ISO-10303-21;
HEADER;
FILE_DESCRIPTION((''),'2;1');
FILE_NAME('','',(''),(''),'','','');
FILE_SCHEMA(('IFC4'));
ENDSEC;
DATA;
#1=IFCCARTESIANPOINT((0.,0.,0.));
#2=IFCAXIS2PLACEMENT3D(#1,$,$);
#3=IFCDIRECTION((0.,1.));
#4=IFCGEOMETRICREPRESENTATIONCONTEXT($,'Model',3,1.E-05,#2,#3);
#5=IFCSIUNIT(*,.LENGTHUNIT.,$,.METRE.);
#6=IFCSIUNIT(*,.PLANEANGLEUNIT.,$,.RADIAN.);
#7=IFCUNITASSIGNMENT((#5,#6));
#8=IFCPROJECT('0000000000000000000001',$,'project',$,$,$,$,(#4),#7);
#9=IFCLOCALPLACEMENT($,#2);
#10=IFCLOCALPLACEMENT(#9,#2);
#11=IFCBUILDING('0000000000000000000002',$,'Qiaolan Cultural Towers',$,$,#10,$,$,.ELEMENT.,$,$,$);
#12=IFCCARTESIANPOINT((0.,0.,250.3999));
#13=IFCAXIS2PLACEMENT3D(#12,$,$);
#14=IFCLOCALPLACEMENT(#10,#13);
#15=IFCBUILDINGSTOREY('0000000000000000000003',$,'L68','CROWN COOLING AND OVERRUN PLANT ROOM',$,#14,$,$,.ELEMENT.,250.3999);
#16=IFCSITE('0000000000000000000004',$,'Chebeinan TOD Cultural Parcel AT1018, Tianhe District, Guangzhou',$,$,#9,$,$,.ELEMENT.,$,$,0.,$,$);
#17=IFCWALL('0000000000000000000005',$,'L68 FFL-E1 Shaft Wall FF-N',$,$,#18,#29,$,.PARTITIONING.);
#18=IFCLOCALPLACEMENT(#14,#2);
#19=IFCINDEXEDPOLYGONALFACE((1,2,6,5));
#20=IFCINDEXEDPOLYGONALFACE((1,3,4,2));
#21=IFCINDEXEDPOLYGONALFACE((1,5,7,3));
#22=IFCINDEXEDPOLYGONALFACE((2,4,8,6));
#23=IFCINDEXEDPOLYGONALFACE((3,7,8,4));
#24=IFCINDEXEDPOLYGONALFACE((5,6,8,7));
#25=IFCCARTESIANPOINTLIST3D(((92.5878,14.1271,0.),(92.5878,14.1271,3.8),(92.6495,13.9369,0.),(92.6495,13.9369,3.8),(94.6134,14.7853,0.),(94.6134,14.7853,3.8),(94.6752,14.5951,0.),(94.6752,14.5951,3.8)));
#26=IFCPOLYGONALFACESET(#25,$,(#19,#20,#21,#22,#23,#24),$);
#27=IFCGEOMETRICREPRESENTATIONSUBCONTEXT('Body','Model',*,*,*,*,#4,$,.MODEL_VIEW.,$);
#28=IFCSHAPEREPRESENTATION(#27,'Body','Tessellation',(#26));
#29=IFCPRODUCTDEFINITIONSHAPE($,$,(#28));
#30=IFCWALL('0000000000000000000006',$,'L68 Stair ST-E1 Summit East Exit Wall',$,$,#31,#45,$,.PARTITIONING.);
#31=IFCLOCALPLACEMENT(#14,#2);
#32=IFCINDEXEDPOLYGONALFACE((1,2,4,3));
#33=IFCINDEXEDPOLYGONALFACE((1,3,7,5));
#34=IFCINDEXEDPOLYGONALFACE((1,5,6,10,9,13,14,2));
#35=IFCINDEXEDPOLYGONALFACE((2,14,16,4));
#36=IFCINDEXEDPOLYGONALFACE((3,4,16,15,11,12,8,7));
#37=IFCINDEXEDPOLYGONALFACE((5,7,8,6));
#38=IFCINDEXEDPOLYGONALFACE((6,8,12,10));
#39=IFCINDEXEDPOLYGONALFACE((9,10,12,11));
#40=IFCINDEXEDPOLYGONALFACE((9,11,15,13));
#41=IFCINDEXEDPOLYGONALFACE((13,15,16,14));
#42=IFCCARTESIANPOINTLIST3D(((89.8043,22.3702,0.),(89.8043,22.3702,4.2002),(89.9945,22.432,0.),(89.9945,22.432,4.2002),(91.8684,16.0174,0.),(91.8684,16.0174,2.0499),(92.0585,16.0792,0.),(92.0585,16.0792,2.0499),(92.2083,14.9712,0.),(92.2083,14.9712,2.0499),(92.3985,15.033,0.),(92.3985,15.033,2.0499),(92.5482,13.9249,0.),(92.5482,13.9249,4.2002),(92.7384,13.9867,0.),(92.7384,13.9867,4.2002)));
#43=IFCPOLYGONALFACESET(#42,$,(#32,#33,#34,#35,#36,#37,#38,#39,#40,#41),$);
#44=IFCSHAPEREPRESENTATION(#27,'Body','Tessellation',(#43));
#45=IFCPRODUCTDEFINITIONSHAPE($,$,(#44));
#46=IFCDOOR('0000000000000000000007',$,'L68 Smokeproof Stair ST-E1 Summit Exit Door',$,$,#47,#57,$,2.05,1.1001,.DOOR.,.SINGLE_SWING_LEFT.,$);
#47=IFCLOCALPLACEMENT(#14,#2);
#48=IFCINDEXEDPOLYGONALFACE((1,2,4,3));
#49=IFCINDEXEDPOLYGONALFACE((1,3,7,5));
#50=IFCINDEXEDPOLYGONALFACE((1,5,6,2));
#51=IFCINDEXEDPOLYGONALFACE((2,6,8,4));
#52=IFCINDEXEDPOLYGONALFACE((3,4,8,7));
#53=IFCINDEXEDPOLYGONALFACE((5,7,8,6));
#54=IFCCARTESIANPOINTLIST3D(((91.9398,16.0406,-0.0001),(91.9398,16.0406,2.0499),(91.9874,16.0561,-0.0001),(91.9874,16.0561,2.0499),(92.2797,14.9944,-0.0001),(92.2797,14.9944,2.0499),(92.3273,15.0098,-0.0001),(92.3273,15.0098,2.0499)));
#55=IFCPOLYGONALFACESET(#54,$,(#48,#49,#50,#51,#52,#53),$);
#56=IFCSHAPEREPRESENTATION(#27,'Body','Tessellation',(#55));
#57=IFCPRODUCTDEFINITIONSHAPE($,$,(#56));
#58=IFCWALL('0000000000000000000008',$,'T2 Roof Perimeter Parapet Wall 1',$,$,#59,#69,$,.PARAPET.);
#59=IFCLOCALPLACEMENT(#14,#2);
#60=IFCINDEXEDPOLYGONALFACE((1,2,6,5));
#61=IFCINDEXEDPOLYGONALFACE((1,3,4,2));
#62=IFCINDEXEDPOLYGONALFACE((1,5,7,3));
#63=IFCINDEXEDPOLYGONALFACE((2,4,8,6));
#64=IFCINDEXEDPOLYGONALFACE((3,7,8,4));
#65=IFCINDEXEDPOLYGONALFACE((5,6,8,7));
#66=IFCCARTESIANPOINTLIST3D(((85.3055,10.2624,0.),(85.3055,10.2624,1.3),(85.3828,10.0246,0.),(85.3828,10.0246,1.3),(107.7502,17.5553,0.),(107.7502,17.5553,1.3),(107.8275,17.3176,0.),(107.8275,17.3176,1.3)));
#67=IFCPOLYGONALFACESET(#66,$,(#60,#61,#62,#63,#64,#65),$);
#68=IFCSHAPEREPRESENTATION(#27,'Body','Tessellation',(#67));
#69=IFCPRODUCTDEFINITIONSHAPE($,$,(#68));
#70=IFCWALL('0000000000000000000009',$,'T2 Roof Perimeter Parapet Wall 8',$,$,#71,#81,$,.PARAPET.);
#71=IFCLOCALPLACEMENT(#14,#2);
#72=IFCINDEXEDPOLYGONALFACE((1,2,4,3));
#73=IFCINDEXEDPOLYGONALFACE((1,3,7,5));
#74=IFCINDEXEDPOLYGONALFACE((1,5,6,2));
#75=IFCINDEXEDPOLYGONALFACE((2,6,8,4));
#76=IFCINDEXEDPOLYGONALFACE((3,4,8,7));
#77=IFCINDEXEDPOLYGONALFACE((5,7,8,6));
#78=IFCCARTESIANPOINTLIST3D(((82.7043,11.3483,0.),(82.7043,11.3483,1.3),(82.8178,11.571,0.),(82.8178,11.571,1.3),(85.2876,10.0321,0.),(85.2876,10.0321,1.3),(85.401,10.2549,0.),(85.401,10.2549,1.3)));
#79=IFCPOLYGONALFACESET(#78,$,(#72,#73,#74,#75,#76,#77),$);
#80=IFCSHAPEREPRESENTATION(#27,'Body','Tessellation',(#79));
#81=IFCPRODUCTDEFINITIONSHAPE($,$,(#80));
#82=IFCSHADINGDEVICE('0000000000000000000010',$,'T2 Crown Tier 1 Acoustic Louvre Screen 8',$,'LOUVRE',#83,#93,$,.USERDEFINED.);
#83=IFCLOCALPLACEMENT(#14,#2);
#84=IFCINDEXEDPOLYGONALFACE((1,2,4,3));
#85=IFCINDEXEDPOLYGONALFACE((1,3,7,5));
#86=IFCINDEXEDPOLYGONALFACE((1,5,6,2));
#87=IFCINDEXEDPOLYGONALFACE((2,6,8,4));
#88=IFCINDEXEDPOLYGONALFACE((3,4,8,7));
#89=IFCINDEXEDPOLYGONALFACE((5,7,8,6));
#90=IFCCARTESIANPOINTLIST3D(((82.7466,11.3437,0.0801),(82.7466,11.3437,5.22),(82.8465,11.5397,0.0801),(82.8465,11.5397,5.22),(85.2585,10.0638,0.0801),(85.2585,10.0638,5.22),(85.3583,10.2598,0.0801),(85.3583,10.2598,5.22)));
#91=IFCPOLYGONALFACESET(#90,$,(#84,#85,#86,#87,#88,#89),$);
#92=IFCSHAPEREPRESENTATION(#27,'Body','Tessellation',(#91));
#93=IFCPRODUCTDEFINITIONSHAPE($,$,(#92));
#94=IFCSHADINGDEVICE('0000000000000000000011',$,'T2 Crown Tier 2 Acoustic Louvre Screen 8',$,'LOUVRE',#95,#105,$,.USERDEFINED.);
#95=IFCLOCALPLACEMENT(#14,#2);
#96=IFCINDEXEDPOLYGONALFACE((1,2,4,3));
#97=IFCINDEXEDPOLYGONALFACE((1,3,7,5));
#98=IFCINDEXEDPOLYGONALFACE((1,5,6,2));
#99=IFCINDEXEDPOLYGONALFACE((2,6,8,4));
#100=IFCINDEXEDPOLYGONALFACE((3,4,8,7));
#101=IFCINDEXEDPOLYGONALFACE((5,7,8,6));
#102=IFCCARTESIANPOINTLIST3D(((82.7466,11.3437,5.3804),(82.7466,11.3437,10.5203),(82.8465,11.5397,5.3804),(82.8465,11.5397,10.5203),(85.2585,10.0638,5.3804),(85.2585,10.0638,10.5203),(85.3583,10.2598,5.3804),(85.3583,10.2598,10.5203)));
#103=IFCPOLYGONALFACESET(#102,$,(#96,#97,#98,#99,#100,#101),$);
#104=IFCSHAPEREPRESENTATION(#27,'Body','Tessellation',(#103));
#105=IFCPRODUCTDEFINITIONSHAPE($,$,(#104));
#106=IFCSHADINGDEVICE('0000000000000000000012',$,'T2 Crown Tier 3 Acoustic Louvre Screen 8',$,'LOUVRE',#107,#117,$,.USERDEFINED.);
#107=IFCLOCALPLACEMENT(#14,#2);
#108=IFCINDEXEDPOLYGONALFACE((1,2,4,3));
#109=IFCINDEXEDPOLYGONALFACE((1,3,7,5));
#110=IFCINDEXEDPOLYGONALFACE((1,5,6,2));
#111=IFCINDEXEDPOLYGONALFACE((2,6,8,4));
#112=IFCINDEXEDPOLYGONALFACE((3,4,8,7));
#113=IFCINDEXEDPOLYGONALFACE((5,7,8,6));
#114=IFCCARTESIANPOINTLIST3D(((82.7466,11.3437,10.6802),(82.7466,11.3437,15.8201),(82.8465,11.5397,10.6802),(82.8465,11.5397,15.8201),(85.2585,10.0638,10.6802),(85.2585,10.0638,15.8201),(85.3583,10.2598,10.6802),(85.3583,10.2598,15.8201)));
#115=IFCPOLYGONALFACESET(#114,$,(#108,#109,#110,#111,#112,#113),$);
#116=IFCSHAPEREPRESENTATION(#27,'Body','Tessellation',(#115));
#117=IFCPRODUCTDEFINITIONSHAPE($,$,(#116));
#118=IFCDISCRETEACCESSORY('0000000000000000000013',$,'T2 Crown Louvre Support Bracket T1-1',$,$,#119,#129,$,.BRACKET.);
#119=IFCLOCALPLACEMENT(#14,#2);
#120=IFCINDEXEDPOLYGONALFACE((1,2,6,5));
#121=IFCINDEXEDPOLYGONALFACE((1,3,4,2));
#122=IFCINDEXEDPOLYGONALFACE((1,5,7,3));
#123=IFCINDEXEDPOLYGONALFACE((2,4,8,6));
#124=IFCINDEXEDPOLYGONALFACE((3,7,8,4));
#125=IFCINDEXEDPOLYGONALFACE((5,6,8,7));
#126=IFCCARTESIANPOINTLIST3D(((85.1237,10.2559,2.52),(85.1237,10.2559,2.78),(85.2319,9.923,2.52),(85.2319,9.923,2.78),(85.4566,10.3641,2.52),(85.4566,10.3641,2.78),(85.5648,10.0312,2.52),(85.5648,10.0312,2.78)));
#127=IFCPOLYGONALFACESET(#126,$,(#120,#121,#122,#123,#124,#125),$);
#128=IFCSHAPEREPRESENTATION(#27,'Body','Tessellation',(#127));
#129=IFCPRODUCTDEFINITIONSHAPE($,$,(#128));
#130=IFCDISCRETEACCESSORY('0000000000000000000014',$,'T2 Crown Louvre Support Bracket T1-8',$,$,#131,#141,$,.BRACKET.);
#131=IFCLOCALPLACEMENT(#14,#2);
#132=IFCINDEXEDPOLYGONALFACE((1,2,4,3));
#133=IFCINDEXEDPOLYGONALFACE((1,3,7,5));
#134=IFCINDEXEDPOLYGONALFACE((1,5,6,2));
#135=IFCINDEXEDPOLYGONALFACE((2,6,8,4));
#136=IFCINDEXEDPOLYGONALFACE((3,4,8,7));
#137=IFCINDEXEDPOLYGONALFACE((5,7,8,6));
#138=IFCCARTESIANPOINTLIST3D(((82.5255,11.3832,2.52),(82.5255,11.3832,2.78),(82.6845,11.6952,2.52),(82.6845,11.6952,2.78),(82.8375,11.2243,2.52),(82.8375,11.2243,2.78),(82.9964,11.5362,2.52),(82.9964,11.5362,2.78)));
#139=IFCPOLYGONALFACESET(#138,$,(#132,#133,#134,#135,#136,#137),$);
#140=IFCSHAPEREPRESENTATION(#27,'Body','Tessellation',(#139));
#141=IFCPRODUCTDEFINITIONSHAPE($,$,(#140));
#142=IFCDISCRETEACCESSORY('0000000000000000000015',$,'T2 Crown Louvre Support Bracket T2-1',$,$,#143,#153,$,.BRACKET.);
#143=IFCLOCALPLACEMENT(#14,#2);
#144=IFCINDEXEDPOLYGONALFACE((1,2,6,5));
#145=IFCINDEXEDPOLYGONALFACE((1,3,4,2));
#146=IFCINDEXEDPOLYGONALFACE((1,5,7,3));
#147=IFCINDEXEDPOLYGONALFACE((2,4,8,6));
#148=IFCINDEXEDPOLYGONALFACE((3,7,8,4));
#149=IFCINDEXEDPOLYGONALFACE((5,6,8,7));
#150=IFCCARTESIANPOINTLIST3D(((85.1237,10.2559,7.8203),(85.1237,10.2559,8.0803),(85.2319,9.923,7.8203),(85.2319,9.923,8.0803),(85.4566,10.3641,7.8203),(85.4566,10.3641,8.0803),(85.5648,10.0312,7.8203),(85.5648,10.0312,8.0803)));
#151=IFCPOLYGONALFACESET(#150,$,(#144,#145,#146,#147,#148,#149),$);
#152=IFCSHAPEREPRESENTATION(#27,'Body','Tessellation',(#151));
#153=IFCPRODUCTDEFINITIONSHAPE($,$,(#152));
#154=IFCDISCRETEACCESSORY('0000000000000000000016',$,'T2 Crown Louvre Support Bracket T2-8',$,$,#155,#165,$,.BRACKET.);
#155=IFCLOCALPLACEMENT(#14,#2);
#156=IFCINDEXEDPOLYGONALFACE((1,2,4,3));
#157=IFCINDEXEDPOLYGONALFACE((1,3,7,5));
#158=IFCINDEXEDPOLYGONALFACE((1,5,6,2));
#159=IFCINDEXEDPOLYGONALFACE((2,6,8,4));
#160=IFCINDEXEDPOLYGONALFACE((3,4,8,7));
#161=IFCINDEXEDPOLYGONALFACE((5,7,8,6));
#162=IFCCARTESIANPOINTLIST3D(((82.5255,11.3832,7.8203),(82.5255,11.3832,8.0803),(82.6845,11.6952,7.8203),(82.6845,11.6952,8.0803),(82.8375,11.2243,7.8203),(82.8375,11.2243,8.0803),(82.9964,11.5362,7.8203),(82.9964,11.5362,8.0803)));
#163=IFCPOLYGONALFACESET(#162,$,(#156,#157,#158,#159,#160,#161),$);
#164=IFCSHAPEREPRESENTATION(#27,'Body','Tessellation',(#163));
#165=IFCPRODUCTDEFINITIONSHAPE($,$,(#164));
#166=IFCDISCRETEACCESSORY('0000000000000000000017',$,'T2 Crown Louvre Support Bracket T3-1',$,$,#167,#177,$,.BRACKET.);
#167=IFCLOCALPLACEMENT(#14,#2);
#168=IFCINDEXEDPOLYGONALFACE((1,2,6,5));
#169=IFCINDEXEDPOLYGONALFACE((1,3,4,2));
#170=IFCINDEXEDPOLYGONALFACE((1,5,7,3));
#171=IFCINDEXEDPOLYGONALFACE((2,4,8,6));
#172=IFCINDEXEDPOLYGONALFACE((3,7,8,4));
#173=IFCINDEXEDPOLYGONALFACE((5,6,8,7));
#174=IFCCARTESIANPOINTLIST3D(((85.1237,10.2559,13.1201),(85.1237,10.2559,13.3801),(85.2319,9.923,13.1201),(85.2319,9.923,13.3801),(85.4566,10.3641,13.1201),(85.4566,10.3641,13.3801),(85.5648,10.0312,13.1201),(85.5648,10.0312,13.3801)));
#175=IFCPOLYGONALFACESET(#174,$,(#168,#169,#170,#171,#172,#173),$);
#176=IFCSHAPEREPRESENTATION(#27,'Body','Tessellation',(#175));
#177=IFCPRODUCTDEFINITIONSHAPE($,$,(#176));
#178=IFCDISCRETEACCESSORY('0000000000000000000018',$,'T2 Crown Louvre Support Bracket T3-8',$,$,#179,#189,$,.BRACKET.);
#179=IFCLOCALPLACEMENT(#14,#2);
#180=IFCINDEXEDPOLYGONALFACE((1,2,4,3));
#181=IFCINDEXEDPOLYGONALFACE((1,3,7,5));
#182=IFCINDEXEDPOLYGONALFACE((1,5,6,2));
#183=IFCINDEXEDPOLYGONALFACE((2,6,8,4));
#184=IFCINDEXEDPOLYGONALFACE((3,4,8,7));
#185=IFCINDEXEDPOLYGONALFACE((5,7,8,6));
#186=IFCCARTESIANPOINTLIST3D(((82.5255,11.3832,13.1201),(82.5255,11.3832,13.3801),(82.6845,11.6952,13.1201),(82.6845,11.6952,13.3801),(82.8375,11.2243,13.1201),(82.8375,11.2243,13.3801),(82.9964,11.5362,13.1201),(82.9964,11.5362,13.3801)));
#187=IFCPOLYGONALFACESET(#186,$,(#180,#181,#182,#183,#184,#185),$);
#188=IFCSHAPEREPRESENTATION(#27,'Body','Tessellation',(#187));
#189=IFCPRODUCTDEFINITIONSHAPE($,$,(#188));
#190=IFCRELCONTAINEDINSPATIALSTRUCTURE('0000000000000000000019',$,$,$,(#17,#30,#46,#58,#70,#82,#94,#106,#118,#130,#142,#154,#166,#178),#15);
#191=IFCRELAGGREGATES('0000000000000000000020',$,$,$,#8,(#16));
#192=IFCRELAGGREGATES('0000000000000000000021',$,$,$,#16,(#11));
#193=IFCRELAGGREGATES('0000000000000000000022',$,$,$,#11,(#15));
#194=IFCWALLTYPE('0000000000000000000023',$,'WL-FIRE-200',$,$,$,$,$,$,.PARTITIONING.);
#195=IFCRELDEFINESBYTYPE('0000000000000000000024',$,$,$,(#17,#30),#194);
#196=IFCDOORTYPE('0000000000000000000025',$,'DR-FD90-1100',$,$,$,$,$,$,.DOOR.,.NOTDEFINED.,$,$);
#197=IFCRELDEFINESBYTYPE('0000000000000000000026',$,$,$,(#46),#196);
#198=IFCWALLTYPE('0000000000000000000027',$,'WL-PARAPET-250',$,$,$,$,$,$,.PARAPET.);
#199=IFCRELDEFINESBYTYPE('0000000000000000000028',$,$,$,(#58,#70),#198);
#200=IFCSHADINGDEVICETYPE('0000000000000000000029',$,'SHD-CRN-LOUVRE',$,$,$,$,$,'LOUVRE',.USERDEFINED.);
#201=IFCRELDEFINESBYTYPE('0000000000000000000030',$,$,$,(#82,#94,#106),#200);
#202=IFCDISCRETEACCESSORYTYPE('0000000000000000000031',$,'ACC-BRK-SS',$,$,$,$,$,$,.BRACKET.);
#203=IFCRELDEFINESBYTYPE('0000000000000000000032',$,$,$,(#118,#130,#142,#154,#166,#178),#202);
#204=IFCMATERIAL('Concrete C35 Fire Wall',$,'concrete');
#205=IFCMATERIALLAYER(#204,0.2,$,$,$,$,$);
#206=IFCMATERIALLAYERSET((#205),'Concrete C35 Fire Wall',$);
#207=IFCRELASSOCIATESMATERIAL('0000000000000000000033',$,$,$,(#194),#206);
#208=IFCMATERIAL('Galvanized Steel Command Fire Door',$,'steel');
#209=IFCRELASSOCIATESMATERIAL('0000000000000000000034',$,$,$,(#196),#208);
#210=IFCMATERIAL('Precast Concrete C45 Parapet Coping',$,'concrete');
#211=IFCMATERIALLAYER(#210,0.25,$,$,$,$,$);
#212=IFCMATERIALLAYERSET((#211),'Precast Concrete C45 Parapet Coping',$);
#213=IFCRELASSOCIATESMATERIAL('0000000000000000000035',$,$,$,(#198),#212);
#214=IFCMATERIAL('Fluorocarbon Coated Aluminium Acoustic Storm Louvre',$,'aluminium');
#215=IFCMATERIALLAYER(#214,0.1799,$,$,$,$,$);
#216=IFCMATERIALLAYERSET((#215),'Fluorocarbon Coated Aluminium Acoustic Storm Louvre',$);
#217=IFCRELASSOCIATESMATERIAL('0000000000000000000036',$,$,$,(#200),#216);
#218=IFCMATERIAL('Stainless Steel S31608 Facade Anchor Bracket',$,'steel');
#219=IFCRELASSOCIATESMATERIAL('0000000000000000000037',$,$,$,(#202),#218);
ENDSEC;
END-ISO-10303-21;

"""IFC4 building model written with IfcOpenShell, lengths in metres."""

from ifc_helpers import new_model, si_unit, direction, frame, frame_2d, origin, origin_2d, place, context, subcontext, project, spatial, rectangle, extrude, material, layer, layer_set, type_object, element, fill, save


model = new_model("IFC4")

# Units and contexts
model_context = context("Model", 3, precision=1e-05, world=origin(), true_north=direction((0.0, 1.0)))
body_context = subcontext(model_context, "Body", "Model", "MODEL_VIEW")
ifc_project = project(units=[si_unit("LENGTHUNIT", "METRE"), si_unit("PLANEANGLEUNIT", "RADIAN")], contexts=[model_context])

# Site, building, storey
site_placement = place(None, origin())
site = spatial("IfcSite", under=ifc_project, at=site_placement, Name="Chebeinan TOD Cultural Parcel AT1018, Tianhe District, Guangzhou", CompositionType="ELEMENT", RefElevation=0.0)
building_placement = place(site_placement, origin())
building = spatial("IfcBuilding", under=site, at=building_placement, Name="Qiaolan Cultural Towers", CompositionType="ELEMENT")
storey_placement = place(building_placement, frame((0.0, 0.0, 250.3999)))
storey = spatial("IfcBuildingStorey", under=building, at=storey_placement, Name="L68", Description="CROWN COOLING AND OVERRUN PLANT ROOM", CompositionType="ELEMENT", Elevation=250.3999)

# Wall
ifc_material_1 = material(Name="Concrete C35 Fire Wall", Category="concrete")
ifc_layer_1 = layer(ifc_material_1, 0.2)
ifc_layer_set_1 = layer_set([ifc_layer_1], Name="Concrete C35 Fire Wall")
wall_type_1 = type_object("IfcWallType", Name="WL-FIRE-200", PredefinedType="PARTITIONING", material=ifc_layer_set_1)
wall_1_placement = place(storey_placement, frame((92.6187, 14.032, 0.0), z_axis=(0.0, 0.0, 1.0), x_axis=(0.951052, 0.309032, 0.0)))
element("IfcWall", 1, at=wall_1_placement, inside=storey, type_object=wall_type_1, Name="L68 FFL-E1 Shaft Wall FF-N", PredefinedType="PARTITIONING", context=body_context, shape_type="SweptSolid", body=[
    extrude(rectangle(XDim=2.1299, YDim=0.2, at=frame_2d((1.0649, 0.0))), origin(), (0.0, 0.0, 1.0), 3.8),
])

# Wall, opening, door
wall_2_placement = place(storey_placement, frame((92.6433, 13.9558, 0.0), z_axis=(0.0, 0.0, 1.0), x_axis=(-0.309002, 0.951062, 0.0)))
wall_2 = element("IfcWall", 2, at=wall_2_placement, inside=storey, type_object=wall_type_1, Name="L68 Stair ST-E1 Summit East Exit Wall", PredefinedType="PARTITIONING", context=body_context, shape_type="SweptSolid", body=[
    extrude(rectangle(XDim=8.8799, YDim=0.2, at=frame_2d((4.4399, 0.0))), origin(), (0.0, 0.0, 1.0), 4.2002),
])
opening_placement = place(wall_2_placement, frame((1.1001, 0.0, 0.0)))
opening = element("IfcOpeningElement", 3, at=opening_placement, cuts=wall_2, PredefinedType="OPENING", context=body_context, shape_type="SweptSolid", body=[
    extrude(rectangle(XDim=1.1001, YDim=2.05, at=frame_2d((0.55, 1.0249))), frame((0.0, 0.1099, 0.0), z_axis=(0.0, -1.0, 0.0), x_axis=(1.0, 0.0, 0.0)), (0.0, 0.0, 1.0), 0.22),
])
ifc_material_2 = material(Name="Galvanized Steel Command Fire Door", Category="steel")
door_type = type_object("IfcDoorType", Name="DR-FD90-1100", OperationType="NOTDEFINED", PredefinedType="DOOR", material=ifc_material_2)
door_placement = place(opening_placement, origin())
door = element("IfcDoor", 4, at=door_placement, inside=storey, type_object=door_type, Name="L68 Smokeproof Stair ST-E1 Summit Exit Door", OperationType="SINGLE_SWING_LEFT", OverallHeight=2.05, OverallWidth=1.1001, PredefinedType="DOOR", context=body_context, shape_type="SweptSolid", body=[
    extrude(rectangle(XDim=1.1001, YDim=2.05, at=frame_2d((0.55, 1.0249))), frame((0.0, 0.0249, 0.0), z_axis=(0.0, -1.0, 0.0), x_axis=(1.0, 0.0, 0.0)), (0.0, 0.0, 1.0), 0.05),
])
fill(opening, door)

# Walls
ifc_material_3 = material(Name="Precast Concrete C45 Parapet Coping", Category="concrete")
ifc_layer_2 = layer(ifc_material_3, 0.25)
ifc_layer_set_2 = layer_set([ifc_layer_2], Name="Precast Concrete C45 Parapet Coping")
wall_type_2 = type_object("IfcWallType", Name="WL-PARAPET-250", PredefinedType="PARAPET", material=ifc_layer_set_2)
wall_3_placement = place(storey_placement, frame((85.3442, 10.1436, 0.0), z_axis=(0.0, 0.0, 1.0), x_axis=(0.951054, 0.309025, 0.0)))
element("IfcWall", 5, at=wall_3_placement, inside=storey, type_object=wall_type_2, Name="T2 Roof Perimeter Parapet Wall 1", PredefinedType="PARAPET", context=body_context, shape_type="SweptSolid", body=[
    extrude(rectangle(XDim=23.5999, YDim=0.25, at=frame_2d((11.7998, 0.0))), origin(), (0.0, 0.0, 1.0), 1.3),
])
wall_4_placement = place(storey_placement, frame((82.761, 11.4597, 0.0), z_axis=(0.0, 0.0, 1.0), x_axis=(0.891016, -0.453971, 0.0)))
element("IfcWall", 6, at=wall_4_placement, inside=storey, type_object=wall_type_2, Name="T2 Roof Perimeter Parapet Wall 8", PredefinedType="PARAPET", context=body_context, shape_type="SweptSolid", body=[
    extrude(rectangle(XDim=2.8992, YDim=0.25, at=frame_2d((1.4497, 0.0))), origin(), (0.0, 0.0, 1.0), 1.3),
])

# Shading devices
ifc_material_4 = material(Name="Fluorocarbon Coated Aluminium Acoustic Storm Louvre", Category="aluminium")
ifc_layer_3 = layer(ifc_material_4, 0.1799)
ifc_layer_set_3 = layer_set([ifc_layer_3], Name="Fluorocarbon Coated Aluminium Acoustic Storm Louvre")
shading_device_type = type_object("IfcShadingDeviceType", Name="SHD-CRN-LOUVRE", ElementType="LOUVRE", PredefinedType="USERDEFINED", material=ifc_layer_set_3)
for number, where, z_axis, x_axis, name in (
    (7, (84.0525, 10.8018, 0.0801), (0.0, 0.0, 1.0), (0.891006, -0.453991, 0.0), "T2 Crown Tier 1 Acoustic Louvre Screen 8"),
    (8, (84.0525, 10.8018, 5.3804), (0.0, 0.0, 1.0), (0.891006, -0.453991, 0.0), "T2 Crown Tier 2 Acoustic Louvre Screen 8"),
    (9, (84.0525, 10.8018, 10.6802), (0.0, 0.0, 1.0), (0.891006, -0.453991, 0.0), "T2 Crown Tier 3 Acoustic Louvre Screen 8"),
):
    element("IfcShadingDevice", number, at=place(storey_placement, frame(where, z_axis=z_axis, x_axis=x_axis)), inside=storey, type_object=shading_device_type, Name=name, ObjectType="LOUVRE", PredefinedType="USERDEFINED", context=body_context, shape_type="SweptSolid", body=[
        extrude(rectangle(XDim=2.8191, YDim=0.22, at=origin_2d()), origin(), (0.0, 0.0, 1.0), 5.1399),
    ])

# Discrete accessories
ifc_material_5 = material(Name="Stainless Steel S31608 Facade Anchor Bracket", Category="steel")
discrete_accessory_type = type_object("IfcDiscreteAccessoryType", Name="ACC-BRK-SS", PredefinedType="BRACKET", material=ifc_material_5)
for number, where, z_axis, x_axis, name in (
    (10, (85.3442, 10.1436, 2.52), (0.0, 0.0, 1.0), (0.951057, 0.309017, 0.0), "T2 Crown Louvre Support Bracket T1-1"),
    (11, (82.761, 11.4597, 2.52), (0.0, 0.0, 1.0), (0.891006, -0.453991, 0.0), "T2 Crown Louvre Support Bracket T1-8"),
    (12, (85.3442, 10.1436, 7.8203), (0.0, 0.0, 1.0), (0.951057, 0.309017, 0.0), "T2 Crown Louvre Support Bracket T2-1"),
    (13, (82.761, 11.4597, 7.8203), (0.0, 0.0, 1.0), (0.891006, -0.453991, 0.0), "T2 Crown Louvre Support Bracket T2-8"),
    (14, (85.3442, 10.1436, 13.1201), (0.0, 0.0, 1.0), (0.951057, 0.309017, 0.0), "T2 Crown Louvre Support Bracket T3-1"),
    (15, (82.761, 11.4597, 13.1201), (0.0, 0.0, 1.0), (0.891006, -0.453991, 0.0), "T2 Crown Louvre Support Bracket T3-8"),
):
    element("IfcDiscreteAccessory", number, at=place(storey_placement, frame(where, z_axis=z_axis, x_axis=x_axis)), inside=storey, type_object=discrete_accessory_type, Name=name, PredefinedType="BRACKET", context=body_context, shape_type="SweptSolid", body=[
        extrude(rectangle(XDim=0.3501, YDim=0.3501, at=origin_2d()), origin(), (0.0, 0.0, 1.0), 0.26),
    ])

save(model, "model.ifc")
